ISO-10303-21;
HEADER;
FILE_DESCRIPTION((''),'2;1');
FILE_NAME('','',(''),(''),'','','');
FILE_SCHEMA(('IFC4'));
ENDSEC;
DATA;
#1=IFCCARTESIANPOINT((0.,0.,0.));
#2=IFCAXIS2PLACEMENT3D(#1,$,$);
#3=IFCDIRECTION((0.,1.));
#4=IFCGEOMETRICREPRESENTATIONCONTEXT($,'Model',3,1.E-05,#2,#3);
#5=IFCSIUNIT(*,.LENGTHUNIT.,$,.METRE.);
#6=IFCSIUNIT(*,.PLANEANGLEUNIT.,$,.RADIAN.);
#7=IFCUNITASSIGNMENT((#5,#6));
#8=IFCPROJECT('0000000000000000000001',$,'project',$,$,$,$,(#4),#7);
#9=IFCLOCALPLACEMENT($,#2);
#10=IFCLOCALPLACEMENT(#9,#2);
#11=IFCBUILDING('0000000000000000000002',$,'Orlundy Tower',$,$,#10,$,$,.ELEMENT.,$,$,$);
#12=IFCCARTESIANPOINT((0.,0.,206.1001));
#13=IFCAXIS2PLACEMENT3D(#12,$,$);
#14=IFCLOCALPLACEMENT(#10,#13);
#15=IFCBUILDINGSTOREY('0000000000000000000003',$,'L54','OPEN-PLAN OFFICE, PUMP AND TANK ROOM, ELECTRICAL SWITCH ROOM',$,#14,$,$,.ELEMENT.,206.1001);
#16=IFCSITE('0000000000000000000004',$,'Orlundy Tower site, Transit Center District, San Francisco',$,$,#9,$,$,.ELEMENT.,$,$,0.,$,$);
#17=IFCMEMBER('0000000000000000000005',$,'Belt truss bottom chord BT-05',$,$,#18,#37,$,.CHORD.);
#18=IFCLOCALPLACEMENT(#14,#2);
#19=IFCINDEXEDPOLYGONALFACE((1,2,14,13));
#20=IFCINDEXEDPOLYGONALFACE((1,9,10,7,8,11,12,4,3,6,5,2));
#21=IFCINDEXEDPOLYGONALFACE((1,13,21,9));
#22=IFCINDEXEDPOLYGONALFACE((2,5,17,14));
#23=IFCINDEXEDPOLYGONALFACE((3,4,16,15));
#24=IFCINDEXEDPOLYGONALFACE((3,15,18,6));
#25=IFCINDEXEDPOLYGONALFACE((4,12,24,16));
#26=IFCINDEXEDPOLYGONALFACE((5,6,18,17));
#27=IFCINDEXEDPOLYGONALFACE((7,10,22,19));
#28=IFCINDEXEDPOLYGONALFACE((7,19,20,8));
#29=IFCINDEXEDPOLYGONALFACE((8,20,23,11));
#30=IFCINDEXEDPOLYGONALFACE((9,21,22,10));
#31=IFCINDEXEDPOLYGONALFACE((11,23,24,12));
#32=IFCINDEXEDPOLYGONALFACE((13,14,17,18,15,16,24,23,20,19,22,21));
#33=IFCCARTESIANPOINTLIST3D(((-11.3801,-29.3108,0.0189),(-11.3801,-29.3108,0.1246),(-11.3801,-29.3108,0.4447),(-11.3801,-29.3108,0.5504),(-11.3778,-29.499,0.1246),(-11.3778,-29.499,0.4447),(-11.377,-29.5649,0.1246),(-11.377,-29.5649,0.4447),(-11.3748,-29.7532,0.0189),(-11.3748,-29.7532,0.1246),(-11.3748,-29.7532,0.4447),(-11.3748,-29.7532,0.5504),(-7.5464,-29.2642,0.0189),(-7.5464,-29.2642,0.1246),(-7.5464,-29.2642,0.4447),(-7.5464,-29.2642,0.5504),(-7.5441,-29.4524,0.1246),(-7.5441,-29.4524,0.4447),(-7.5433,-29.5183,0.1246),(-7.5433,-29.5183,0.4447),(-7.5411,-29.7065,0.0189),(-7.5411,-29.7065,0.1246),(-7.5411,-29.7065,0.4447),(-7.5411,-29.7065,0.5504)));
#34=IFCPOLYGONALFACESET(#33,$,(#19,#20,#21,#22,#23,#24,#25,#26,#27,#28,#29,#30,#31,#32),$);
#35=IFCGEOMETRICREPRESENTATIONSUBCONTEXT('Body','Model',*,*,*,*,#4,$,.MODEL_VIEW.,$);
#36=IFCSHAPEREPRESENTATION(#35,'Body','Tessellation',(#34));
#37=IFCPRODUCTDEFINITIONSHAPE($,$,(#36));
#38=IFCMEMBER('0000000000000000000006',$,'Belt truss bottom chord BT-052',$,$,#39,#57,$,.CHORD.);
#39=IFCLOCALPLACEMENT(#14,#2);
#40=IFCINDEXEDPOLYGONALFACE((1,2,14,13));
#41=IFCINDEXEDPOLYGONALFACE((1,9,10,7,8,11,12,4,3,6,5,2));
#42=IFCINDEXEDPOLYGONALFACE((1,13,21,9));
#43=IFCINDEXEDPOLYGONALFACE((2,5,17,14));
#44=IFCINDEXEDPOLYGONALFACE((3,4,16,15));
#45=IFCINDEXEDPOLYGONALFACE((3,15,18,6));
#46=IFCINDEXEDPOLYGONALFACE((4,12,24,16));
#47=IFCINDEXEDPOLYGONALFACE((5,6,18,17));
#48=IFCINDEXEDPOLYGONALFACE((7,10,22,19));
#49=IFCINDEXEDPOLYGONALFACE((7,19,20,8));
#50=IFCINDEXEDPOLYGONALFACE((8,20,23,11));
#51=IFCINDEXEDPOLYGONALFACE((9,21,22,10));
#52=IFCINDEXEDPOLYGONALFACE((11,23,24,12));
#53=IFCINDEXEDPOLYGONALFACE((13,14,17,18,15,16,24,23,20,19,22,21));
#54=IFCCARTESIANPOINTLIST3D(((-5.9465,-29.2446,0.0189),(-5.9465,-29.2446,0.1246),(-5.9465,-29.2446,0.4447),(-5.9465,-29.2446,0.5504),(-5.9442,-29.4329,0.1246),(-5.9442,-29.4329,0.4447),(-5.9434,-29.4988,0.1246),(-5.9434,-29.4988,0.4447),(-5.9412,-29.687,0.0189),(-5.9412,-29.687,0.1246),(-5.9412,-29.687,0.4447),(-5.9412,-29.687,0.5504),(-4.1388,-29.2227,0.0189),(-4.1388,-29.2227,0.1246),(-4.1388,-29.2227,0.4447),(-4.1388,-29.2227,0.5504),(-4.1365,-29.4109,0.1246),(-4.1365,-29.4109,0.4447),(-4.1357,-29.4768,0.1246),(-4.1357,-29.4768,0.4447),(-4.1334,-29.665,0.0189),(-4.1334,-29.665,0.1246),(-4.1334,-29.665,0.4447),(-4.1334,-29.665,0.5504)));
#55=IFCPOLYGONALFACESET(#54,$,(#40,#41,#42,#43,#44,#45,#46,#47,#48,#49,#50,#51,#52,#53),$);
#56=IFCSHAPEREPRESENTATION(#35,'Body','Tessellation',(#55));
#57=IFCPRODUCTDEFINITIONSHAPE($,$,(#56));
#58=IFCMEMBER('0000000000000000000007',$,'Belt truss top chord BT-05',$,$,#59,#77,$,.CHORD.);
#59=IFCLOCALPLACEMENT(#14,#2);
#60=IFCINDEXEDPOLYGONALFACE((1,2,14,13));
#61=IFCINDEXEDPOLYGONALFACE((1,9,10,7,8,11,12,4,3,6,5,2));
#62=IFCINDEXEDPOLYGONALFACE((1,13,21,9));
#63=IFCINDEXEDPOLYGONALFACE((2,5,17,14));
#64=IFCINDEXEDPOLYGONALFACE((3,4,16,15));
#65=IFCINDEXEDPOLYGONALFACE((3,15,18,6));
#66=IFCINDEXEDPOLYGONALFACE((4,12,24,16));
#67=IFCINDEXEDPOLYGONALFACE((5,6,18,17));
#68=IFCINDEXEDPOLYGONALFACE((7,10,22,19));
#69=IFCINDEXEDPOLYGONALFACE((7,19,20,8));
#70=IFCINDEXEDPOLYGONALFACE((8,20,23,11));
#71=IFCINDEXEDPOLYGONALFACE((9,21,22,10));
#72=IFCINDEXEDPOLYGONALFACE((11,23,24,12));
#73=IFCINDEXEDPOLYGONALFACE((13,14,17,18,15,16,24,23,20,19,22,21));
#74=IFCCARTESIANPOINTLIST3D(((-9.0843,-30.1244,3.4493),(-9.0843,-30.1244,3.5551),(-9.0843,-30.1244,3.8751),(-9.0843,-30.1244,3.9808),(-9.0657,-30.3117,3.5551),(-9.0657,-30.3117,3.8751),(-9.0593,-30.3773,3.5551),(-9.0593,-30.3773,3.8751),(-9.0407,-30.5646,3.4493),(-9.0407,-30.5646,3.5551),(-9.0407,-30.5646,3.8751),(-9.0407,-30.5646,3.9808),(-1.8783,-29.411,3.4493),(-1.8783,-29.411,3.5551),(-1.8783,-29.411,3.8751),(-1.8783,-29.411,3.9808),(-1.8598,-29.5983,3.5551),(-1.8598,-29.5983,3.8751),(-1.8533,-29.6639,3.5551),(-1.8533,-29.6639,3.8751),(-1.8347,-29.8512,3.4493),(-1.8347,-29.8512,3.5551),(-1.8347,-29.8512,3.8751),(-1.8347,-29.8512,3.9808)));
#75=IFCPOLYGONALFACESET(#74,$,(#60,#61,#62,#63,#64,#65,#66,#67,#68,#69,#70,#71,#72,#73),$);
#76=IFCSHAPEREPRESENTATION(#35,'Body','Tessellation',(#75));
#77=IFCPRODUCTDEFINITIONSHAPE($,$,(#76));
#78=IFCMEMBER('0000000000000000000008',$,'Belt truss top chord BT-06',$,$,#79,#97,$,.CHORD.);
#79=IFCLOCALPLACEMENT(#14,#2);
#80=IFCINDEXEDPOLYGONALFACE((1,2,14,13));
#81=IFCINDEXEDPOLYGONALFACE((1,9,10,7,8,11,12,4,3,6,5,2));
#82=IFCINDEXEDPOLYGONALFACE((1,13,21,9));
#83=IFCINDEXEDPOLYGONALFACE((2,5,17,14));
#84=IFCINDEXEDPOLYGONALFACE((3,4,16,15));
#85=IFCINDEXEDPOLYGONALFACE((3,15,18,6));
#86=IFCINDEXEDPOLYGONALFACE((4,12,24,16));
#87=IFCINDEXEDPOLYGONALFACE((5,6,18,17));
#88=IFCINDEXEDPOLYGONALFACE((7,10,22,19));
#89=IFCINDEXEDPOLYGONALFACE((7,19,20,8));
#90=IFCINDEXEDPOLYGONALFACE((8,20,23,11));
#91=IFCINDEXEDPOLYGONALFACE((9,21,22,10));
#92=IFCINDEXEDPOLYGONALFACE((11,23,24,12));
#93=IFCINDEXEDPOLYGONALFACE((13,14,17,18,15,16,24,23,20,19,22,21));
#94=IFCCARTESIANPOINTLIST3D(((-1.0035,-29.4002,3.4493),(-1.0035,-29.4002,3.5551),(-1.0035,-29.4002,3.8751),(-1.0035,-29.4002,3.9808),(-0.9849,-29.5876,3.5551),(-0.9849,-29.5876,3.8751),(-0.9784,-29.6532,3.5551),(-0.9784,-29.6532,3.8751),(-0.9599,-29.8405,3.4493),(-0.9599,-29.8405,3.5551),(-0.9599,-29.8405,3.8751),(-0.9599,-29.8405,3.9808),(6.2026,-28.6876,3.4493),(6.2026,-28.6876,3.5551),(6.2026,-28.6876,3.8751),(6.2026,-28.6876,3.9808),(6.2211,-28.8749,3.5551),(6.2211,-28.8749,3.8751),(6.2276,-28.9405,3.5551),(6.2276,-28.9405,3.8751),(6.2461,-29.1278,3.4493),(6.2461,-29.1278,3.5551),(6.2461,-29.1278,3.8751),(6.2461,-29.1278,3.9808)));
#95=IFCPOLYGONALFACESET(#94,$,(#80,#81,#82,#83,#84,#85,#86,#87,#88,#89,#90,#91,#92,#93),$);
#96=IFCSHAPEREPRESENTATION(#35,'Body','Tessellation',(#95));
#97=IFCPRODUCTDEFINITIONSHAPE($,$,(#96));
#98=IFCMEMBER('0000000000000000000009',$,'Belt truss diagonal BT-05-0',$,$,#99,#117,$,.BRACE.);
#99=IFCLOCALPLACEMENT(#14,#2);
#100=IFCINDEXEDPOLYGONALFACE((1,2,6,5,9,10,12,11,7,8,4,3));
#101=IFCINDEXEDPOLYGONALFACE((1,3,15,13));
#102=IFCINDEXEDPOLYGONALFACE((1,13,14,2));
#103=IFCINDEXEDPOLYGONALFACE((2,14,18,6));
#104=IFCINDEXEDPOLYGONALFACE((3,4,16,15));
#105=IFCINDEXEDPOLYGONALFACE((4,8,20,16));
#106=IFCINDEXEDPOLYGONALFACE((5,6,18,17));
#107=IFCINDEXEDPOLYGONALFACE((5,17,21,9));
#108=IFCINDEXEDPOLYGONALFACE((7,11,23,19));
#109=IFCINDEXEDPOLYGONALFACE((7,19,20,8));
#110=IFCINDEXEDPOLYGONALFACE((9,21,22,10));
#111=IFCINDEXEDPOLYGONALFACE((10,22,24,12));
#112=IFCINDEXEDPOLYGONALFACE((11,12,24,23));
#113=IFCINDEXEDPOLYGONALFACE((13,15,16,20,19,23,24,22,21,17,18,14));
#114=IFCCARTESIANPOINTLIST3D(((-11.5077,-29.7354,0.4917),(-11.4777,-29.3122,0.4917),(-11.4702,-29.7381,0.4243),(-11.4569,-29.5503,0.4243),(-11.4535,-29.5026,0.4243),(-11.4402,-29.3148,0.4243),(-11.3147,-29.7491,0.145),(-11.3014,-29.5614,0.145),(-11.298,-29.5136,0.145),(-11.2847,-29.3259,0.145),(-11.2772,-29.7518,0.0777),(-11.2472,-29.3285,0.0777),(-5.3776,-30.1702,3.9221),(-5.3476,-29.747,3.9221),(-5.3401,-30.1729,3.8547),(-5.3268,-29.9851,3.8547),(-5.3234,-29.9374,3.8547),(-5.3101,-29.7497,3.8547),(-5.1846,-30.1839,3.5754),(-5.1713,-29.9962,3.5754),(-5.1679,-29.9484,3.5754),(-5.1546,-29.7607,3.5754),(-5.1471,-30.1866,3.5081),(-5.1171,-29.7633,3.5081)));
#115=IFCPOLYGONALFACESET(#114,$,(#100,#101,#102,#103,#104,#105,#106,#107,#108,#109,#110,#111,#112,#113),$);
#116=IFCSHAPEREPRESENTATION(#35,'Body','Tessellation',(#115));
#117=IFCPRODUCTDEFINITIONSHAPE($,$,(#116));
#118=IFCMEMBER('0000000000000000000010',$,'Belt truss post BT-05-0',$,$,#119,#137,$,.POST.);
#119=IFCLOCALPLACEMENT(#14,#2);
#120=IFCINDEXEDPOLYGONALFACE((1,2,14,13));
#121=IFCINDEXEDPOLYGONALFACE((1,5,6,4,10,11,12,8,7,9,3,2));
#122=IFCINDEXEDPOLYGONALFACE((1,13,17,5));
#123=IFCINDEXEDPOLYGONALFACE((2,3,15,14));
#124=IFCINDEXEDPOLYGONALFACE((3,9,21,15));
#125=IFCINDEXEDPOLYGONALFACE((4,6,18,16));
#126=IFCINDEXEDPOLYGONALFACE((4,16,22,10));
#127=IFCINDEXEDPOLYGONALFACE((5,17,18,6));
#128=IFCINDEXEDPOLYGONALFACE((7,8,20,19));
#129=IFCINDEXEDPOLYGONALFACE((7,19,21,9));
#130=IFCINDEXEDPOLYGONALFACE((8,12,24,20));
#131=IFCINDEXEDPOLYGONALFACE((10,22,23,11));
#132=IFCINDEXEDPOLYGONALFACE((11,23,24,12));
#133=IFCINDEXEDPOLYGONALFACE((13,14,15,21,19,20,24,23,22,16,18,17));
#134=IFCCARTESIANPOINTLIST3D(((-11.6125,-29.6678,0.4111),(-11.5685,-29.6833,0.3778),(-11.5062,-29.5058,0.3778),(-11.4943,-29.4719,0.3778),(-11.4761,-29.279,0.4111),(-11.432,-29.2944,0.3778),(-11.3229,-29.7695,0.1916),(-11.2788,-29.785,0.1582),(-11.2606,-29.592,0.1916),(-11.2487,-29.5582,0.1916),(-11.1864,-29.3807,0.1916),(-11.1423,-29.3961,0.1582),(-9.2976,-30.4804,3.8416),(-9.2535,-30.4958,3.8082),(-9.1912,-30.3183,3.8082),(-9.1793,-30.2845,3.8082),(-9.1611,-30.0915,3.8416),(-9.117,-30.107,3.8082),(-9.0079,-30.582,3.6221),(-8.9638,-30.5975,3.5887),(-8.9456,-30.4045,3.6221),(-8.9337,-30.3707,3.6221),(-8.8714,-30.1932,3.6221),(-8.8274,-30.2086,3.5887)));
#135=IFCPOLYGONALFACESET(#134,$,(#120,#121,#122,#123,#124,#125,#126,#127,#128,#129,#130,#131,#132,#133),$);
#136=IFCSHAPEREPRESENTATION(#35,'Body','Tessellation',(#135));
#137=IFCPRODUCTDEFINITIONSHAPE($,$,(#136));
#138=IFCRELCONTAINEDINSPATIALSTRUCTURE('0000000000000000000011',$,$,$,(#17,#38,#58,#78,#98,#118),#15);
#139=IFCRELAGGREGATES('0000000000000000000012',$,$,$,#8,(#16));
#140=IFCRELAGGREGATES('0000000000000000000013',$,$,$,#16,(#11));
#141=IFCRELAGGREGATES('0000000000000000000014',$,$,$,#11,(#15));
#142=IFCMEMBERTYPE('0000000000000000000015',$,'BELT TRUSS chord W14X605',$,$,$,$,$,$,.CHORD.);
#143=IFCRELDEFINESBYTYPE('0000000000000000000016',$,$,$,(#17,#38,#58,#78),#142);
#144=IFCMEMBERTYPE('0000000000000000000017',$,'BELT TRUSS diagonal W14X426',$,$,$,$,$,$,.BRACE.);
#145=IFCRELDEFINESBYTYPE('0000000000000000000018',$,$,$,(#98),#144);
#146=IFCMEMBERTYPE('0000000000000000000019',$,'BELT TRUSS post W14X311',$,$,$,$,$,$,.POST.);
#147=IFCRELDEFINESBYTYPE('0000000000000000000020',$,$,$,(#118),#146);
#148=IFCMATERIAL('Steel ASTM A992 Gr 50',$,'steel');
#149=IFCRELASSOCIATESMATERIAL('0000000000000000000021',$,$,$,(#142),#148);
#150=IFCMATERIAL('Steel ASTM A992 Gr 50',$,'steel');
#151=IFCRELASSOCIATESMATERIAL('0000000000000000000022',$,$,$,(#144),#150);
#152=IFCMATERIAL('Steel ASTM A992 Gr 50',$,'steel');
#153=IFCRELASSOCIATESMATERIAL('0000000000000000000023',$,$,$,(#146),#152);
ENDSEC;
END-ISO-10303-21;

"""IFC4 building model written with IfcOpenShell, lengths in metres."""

from ifc_helpers import new_model, si_unit, direction, frame, origin, origin_2d, place, context, subcontext, project, spatial, i_section, extrude, material, material_profile, profile_set, type_object, element, save


model = new_model("IFC4")

# Units and contexts
model_context = context("Model", 3, precision=1e-05, world=origin(), true_north=direction((0.0, 1.0)))
body_context = subcontext(model_context, "Body", "Model", "MODEL_VIEW")
ifc_project = project(units=[si_unit("LENGTHUNIT", "METRE"), si_unit("PLANEANGLEUNIT", "RADIAN")], contexts=[model_context])

# Site, building, storey
site_placement = place(None, origin())
site = spatial("IfcSite", under=ifc_project, at=site_placement, Name="Orlundy Tower site, Transit Center District, San Francisco", CompositionType="ELEMENT", RefElevation=0.0)
building_placement = place(site_placement, origin())
building = spatial("IfcBuilding", under=site, at=building_placement, Name="Orlundy Tower", CompositionType="ELEMENT")
storey_placement = place(building_placement, frame((0.0, 0.0, 206.1001)))
storey = spatial("IfcBuildingStorey", under=building, at=storey_placement, Name="L54", Description="OPEN-PLAN OFFICE, PUMP AND TANK ROOM, ELECTRICAL SWITCH ROOM", CompositionType="ELEMENT", Elevation=206.1001)

# Members
ifc_material_1 = material(Name="Steel ASTM A992 Gr 50", Category="steel")
ifc_material_profile_1 = material_profile(ifc_material_1, i_section(OverallWidth=0.4424, OverallDepth=0.5315, WebThickness=0.0659, FlangeThickness=0.1057, at=origin_2d()), Name="W14X605")
ifc_profile_set_1 = profile_set([ifc_material_profile_1], Name="Steel ASTM A992 Gr 50")
member_type_1 = type_object("IfcMemberType", Name="BELT TRUSS chord W14X605", PredefinedType="CHORD", material=ifc_profile_set_1)
member_1_placement = place(storey_placement, frame((-11.3774, -29.532, 0.2847), z_axis=(0.999926, 0.012162, 0.0), x_axis=(-0.012162, 0.999926, 0.0)))
element("IfcMember", 1, at=member_1_placement, inside=storey, type_object=member_type_1, Name="Belt truss bottom chord BT-05", PredefinedType="CHORD", context=body_context, shape_type="SweptSolid", body=[
    extrude(i_section(OverallWidth=0.4424, OverallDepth=0.5315, WebThickness=0.0659, FlangeThickness=0.1057, at=origin_2d()), origin(), (0.0, 0.0, 1.0), 3.834),
])
member_2_placement = place(storey_placement, frame((-5.9438, -29.4658, 0.2847), z_axis=(0.999926, 0.012155, 0.0), x_axis=(-0.012155, 0.999926, 0.0)))
element("IfcMember", 2, at=member_2_placement, inside=storey, type_object=member_type_1, Name="Belt truss bottom chord BT-052", PredefinedType="CHORD", context=body_context, shape_type="SweptSolid", body=[
    extrude(i_section(OverallWidth=0.4424, OverallDepth=0.5315, WebThickness=0.0659, FlangeThickness=0.1057, at=origin_2d()), origin(), (0.0, 0.0, 1.0), 1.8079),
])
for number, where, z_axis, x_axis, name in (
    (3, (-9.0625, -30.3445, 3.7151), (0.995136, 0.098516, 0.0), (-0.098516, 0.995136, 0.0), "Belt truss top chord BT-05"),
    (4, (-0.9817, -29.6204, 3.7151), (0.995145, 0.098415, 0.0), (-0.098415, 0.995145, 0.0), "Belt truss top chord BT-06"),
):
    element("IfcMember", number, at=place(storey_placement, frame(where, z_axis=z_axis, x_axis=x_axis)), inside=storey, type_object=member_type_1, Name=name, PredefinedType="CHORD", context=body_context, shape_type="SweptSolid", body=[
        extrude(i_section(OverallWidth=0.4424, OverallDepth=0.5315, WebThickness=0.0659, FlangeThickness=0.1057, at=origin_2d()), origin(), (0.0, 0.0, 1.0), 7.2412),
    ])
ifc_material_2 = material(Name="Steel ASTM A992 Gr 50", Category="steel")
ifc_material_profile_2 = material_profile(ifc_material_2, i_section(OverallWidth=0.4243, OverallDepth=0.4741, WebThickness=0.0479, FlangeThickness=0.0771, at=origin_2d()), Name="W14X426")
ifc_profile_set_2 = profile_set([ifc_material_profile_2], Name="Steel ASTM A992 Gr 50")
member_type_2 = type_object("IfcMemberType", Name="BELT TRUSS diagonal W14X426", PredefinedType="BRACE", material=ifc_profile_set_2)
member_3_placement = place(storey_placement, frame((-11.3774, -29.532, 0.2847), z_axis=(0.870988, -0.06178, 0.487405), x_axis=(0.070753, 0.997494, 0.0)))
element("IfcMember", 5, at=member_3_placement, inside=storey, type_object=member_type_2, Name="Belt truss diagonal BT-05-0", PredefinedType="BRACE", context=body_context, shape_type="SweptSolid", body=[
    extrude(i_section(OverallWidth=0.4243, OverallDepth=0.4741, WebThickness=0.0479, FlangeThickness=0.0771, at=origin_2d()), origin(), (0.0, 0.0, 1.0), 7.0381),
])
ifc_material_3 = material(Name="Steel ASTM A992 Gr 50", Category="steel")
ifc_material_profile_3 = material_profile(ifc_material_3, i_section(OverallWidth=0.4121, OverallDepth=0.4348, WebThickness=0.0359, FlangeThickness=0.0574, at=origin_2d()), Name="W14X311")
ifc_profile_set_3 = profile_set([ifc_material_profile_3], Name="Steel ASTM A992 Gr 50")
member_type_3 = type_object("IfcMemberType", Name="BELT TRUSS post W14X311", PredefinedType="POST", material=ifc_profile_set_3)
member_4_placement = place(storey_placement, frame((-11.3774, -29.532, 0.2847), z_axis=(0.548896, -0.192652, 0.813387), x_axis=(0.331175, 0.943569, 0.0)))
element("IfcMember", 6, at=member_4_placement, inside=storey, type_object=member_type_3, Name="Belt truss post BT-05-0", PredefinedType="POST", context=body_context, shape_type="SweptSolid", body=[
    extrude(i_section(OverallWidth=0.4121, OverallDepth=0.4348, WebThickness=0.0359, FlangeThickness=0.0574, at=origin_2d()), origin(), (0.0, 0.0, 1.0), 4.2175),
])

save(model, "model.ifc")
